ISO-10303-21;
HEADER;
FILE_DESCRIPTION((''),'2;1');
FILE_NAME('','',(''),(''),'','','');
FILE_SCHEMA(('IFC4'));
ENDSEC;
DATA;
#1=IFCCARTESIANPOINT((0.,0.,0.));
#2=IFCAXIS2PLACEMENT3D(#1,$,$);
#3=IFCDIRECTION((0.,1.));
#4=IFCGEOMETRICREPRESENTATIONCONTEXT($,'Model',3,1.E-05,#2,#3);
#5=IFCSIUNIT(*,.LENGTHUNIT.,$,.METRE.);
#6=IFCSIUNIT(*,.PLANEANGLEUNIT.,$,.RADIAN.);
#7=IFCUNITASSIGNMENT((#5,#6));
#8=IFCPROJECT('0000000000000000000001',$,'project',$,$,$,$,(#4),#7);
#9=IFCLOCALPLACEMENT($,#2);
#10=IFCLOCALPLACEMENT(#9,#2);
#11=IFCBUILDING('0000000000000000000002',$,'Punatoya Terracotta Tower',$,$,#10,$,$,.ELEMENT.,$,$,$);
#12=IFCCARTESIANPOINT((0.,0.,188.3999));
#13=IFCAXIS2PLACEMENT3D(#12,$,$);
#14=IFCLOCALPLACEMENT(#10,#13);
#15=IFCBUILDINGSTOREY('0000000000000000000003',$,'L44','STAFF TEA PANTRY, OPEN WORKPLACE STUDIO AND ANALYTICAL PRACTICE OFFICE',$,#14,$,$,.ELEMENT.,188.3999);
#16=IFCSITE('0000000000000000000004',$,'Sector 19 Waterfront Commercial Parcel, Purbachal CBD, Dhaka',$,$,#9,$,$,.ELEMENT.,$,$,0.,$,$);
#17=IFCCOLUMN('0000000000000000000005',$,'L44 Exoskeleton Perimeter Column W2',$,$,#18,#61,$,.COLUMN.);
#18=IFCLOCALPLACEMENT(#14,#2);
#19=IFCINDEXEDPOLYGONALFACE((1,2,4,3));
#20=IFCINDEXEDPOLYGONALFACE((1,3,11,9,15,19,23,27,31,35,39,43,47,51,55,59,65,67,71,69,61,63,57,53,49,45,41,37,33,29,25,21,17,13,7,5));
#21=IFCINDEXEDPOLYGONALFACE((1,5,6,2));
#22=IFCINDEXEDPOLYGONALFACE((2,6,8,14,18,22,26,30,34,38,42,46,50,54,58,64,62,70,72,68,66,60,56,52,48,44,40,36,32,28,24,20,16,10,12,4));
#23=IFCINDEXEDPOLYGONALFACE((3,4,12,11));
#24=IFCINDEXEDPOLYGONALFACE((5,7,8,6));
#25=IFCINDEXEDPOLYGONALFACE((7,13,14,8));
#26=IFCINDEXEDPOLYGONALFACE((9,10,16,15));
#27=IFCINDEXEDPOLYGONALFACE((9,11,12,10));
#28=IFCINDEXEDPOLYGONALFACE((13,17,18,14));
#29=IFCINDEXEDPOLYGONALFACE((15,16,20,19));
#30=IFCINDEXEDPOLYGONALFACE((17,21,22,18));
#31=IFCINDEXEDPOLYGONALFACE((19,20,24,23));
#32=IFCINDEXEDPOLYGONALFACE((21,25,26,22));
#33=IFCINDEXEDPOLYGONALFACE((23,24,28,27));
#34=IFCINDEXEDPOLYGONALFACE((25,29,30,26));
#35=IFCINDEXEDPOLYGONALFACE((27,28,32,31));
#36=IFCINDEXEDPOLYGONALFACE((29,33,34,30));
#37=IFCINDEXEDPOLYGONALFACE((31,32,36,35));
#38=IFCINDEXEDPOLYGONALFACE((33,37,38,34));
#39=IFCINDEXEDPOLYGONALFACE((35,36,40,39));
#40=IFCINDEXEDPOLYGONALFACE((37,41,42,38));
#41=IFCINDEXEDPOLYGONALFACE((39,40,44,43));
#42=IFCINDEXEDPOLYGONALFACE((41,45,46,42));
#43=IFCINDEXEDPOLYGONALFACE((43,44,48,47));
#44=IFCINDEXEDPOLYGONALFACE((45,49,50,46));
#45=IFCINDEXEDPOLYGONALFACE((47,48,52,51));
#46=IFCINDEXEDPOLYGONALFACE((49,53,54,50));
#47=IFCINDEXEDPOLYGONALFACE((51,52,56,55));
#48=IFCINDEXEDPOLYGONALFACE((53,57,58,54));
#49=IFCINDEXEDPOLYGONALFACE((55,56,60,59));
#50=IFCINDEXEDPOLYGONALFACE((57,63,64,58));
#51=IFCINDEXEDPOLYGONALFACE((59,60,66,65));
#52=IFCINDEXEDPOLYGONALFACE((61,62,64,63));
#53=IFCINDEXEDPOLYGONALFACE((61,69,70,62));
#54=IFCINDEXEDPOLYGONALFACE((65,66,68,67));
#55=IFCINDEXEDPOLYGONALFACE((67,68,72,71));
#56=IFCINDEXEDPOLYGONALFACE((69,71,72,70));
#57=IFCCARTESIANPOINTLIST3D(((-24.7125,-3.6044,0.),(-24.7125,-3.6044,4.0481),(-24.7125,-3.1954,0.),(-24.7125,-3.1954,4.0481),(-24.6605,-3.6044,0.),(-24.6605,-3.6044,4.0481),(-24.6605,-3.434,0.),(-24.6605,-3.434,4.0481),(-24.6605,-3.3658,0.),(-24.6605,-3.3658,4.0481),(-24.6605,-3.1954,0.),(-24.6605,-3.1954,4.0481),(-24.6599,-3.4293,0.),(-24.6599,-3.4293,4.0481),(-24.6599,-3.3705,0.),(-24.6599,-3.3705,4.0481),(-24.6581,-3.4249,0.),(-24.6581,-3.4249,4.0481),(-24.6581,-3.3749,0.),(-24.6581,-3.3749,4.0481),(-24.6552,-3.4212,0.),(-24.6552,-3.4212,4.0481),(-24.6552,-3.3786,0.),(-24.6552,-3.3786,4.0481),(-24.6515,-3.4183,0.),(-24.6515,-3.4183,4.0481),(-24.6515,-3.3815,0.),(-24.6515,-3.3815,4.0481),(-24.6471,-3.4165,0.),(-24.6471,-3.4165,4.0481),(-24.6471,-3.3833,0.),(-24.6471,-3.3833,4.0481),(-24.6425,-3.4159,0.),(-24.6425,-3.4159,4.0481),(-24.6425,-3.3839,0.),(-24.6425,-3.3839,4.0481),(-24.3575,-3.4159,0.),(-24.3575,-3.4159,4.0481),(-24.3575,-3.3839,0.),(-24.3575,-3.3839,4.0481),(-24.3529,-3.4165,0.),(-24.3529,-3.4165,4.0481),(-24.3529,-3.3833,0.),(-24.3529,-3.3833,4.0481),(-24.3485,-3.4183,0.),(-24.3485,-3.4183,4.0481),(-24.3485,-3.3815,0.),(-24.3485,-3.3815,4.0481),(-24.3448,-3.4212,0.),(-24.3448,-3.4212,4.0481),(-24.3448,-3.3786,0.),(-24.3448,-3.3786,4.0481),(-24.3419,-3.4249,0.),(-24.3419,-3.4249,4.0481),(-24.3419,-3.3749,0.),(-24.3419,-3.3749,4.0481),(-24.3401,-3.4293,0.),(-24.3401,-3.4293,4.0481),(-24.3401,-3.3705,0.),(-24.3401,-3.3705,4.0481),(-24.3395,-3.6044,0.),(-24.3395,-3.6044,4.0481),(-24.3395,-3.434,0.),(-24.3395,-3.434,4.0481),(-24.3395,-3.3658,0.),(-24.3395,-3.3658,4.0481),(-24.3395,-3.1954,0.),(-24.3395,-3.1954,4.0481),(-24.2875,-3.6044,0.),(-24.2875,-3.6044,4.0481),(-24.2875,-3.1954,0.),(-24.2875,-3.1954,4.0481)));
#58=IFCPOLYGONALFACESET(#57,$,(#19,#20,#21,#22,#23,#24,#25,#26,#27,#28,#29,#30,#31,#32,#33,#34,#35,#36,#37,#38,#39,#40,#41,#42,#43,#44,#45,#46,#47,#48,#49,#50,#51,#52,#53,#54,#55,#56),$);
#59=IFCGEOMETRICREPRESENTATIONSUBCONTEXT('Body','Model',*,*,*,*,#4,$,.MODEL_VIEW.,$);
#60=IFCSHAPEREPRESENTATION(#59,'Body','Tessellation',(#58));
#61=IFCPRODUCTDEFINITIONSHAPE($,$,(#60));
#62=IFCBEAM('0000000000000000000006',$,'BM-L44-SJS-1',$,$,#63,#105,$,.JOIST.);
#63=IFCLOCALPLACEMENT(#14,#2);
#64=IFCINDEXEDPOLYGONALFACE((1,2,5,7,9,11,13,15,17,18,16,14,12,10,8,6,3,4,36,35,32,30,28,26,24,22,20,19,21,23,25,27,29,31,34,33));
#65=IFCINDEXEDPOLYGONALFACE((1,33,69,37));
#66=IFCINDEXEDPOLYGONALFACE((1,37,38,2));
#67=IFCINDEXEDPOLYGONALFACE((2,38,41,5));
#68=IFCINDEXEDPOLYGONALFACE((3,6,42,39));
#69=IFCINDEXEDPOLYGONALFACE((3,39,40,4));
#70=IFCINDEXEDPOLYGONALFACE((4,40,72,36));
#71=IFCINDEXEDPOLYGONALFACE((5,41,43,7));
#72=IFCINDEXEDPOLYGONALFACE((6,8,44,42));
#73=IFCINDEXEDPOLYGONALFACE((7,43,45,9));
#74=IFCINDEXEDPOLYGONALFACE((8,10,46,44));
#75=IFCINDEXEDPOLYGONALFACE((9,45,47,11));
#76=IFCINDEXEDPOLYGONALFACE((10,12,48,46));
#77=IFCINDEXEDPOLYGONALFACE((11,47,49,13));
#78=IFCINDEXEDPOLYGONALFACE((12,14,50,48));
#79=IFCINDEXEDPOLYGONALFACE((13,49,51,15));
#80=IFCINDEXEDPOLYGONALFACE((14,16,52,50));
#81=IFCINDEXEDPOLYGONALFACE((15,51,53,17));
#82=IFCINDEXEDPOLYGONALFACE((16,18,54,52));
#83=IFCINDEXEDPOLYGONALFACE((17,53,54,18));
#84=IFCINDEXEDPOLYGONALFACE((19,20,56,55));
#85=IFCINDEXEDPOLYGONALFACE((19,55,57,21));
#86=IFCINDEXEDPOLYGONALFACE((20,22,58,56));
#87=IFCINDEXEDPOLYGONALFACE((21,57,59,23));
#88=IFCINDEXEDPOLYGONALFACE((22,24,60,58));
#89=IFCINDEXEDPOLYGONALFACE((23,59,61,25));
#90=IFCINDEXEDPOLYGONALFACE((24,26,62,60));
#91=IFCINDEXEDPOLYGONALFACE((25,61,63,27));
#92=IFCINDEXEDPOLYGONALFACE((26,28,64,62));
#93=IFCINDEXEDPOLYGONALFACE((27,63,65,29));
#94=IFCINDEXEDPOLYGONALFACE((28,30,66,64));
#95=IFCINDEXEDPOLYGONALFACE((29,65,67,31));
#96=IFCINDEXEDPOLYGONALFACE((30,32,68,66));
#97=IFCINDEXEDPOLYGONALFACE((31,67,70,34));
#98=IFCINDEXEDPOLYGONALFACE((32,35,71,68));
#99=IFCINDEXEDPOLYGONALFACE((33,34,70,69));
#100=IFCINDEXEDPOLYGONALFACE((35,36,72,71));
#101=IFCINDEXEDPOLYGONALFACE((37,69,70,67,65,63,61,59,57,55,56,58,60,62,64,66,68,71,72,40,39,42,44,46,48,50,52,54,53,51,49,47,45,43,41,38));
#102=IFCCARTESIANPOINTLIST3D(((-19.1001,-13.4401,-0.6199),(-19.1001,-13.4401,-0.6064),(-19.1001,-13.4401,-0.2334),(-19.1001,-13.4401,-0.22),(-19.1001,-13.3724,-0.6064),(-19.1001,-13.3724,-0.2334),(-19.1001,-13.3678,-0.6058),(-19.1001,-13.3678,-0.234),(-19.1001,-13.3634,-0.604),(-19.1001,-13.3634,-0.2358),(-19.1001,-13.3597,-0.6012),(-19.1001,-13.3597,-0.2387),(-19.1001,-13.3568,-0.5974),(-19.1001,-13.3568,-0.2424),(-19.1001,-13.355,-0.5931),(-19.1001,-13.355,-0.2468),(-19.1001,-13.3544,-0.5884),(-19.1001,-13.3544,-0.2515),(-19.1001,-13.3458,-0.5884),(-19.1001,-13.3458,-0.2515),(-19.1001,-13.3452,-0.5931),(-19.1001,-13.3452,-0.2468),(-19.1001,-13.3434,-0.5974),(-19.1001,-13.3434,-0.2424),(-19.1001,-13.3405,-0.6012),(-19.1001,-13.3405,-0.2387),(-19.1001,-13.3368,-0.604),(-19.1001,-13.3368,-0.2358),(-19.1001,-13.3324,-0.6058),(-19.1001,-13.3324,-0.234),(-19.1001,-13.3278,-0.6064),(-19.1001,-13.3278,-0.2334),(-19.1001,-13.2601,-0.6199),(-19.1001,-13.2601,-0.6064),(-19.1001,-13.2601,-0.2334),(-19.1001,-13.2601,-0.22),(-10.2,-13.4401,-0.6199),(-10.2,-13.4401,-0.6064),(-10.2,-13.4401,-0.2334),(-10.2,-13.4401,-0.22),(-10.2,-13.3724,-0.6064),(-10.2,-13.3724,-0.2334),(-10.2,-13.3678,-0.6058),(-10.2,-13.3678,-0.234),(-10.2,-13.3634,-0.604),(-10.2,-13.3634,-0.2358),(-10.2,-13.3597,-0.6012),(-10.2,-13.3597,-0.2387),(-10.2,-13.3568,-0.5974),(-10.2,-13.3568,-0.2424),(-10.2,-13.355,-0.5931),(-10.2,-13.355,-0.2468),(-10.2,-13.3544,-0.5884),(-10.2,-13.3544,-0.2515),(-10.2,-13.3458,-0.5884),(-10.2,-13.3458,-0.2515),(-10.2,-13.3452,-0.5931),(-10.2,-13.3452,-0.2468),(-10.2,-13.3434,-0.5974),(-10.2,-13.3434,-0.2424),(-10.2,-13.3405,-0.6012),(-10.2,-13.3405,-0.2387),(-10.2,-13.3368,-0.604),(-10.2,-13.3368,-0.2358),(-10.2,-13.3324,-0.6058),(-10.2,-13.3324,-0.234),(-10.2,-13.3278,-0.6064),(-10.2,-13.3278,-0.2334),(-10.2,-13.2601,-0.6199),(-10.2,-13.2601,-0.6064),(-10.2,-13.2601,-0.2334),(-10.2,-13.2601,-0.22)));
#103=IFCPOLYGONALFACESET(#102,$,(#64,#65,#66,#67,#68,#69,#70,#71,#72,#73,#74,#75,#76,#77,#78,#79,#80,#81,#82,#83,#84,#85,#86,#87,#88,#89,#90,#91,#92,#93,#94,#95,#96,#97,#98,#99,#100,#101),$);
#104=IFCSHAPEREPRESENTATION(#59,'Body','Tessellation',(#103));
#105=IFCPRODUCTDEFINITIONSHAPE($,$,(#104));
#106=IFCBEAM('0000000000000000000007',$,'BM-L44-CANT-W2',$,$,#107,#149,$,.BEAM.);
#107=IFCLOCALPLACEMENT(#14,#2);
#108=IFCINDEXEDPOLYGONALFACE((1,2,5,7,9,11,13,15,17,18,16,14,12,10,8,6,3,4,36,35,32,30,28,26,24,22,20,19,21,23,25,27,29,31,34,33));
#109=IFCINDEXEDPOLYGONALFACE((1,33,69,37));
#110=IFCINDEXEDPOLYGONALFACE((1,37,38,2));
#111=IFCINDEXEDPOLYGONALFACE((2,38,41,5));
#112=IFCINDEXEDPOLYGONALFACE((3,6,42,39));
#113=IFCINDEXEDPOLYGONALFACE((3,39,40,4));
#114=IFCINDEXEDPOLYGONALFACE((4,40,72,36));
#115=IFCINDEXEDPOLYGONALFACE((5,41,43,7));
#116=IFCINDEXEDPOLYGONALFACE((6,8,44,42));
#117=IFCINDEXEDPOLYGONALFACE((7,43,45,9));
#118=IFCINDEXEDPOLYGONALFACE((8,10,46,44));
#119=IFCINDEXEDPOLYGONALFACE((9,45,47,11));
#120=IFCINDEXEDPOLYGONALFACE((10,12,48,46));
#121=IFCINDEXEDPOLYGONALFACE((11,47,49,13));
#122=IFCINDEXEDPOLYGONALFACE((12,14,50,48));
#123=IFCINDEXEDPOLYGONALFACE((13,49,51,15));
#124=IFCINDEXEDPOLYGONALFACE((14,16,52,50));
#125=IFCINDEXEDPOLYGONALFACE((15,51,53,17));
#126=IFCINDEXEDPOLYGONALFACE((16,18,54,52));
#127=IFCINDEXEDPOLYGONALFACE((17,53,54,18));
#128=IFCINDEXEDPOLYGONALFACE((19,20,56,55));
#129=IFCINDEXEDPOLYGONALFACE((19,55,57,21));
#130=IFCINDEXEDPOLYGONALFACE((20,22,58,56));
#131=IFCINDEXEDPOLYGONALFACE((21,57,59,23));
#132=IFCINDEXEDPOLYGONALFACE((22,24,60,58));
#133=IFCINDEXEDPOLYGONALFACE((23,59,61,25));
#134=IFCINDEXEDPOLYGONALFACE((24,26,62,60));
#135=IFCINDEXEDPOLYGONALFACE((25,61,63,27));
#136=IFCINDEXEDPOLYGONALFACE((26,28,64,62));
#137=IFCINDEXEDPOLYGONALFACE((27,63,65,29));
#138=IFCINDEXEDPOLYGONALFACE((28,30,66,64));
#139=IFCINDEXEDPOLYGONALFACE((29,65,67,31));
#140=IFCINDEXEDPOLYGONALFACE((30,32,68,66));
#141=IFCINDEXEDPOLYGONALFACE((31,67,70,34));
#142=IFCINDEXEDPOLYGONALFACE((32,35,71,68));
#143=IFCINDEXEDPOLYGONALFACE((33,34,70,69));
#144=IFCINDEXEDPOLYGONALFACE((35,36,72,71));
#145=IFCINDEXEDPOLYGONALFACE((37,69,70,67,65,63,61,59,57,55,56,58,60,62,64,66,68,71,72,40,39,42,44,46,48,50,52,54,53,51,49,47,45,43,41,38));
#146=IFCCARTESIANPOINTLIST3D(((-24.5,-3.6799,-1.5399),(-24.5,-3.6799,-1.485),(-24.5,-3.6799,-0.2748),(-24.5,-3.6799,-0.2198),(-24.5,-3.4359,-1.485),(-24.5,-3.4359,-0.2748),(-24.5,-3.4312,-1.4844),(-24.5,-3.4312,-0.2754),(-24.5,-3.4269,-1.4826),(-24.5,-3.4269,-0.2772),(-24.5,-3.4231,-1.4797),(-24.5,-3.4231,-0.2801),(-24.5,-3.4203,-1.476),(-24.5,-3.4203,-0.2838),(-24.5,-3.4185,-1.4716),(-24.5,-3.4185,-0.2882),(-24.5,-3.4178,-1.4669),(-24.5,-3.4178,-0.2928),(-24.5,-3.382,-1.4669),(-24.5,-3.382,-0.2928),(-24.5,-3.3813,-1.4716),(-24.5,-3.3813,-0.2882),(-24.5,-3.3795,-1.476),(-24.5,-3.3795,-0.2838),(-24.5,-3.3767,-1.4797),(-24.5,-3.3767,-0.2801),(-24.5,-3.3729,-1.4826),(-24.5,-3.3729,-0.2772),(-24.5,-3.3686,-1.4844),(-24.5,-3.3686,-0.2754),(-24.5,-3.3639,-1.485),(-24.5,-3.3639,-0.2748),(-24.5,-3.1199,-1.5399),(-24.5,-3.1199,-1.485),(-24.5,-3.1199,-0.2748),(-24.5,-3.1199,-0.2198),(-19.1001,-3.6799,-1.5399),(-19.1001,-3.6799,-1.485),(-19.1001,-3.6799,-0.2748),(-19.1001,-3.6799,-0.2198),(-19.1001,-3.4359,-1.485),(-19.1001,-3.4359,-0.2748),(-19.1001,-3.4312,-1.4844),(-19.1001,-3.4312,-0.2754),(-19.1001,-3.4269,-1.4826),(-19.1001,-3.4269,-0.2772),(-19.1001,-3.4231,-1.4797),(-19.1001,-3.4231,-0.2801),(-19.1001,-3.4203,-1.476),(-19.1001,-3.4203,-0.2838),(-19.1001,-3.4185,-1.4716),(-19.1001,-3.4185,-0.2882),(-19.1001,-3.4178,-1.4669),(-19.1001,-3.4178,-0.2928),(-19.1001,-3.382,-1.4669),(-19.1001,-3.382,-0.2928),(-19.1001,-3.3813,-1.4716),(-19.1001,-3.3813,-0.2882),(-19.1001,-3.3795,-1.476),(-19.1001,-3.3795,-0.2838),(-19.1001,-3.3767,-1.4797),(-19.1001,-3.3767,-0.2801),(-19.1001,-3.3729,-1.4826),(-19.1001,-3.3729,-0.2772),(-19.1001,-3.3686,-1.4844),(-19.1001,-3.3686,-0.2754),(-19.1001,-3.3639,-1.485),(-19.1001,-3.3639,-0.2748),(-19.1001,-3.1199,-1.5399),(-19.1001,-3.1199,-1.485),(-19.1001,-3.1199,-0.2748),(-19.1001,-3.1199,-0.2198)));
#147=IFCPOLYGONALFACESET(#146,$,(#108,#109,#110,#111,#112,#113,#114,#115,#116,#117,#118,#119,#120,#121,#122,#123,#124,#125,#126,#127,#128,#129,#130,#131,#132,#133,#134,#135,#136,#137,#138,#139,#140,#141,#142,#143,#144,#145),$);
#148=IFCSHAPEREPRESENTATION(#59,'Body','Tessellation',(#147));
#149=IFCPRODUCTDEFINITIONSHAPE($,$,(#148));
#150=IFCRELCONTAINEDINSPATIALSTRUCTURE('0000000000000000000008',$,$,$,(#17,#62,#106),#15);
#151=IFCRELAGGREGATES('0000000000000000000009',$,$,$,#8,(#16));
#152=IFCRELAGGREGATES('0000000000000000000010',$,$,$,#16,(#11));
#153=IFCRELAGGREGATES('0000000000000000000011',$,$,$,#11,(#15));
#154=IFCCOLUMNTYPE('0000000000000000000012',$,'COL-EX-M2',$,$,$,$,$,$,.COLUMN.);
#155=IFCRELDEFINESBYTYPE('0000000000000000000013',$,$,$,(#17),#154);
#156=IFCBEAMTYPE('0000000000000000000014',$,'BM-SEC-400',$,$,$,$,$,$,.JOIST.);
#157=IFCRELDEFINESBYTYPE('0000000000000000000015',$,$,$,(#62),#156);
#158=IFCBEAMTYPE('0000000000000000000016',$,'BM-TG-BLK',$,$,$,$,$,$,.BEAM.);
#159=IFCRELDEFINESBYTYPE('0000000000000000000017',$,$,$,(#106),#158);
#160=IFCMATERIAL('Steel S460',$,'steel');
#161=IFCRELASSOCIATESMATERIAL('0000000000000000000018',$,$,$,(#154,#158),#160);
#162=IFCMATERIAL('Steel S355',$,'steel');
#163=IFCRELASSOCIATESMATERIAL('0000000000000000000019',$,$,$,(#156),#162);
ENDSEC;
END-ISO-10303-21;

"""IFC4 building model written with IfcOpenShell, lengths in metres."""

from ifc_helpers import new_model, si_unit, direction, frame, origin, origin_2d, place, context, subcontext, project, spatial, i_section, extrude, material, material_profile, profile_set, type_object, element, save


model = new_model("IFC4")

# Units and contexts
model_context = context("Model", 3, precision=1e-05, world=origin(), true_north=direction((0.0, 1.0)))
body_context = subcontext(model_context, "Body", "Model", "MODEL_VIEW")
ifc_project = project(units=[si_unit("LENGTHUNIT", "METRE"), si_unit("PLANEANGLEUNIT", "RADIAN")], contexts=[model_context])

# Site, building, storey
site_placement = place(None, origin())
site = spatial("IfcSite", under=ifc_project, at=site_placement, Name="Sector 19 Waterfront Commercial Parcel, Purbachal CBD, Dhaka", CompositionType="ELEMENT", RefElevation=0.0)
building_placement = place(site_placement, origin())
building = spatial("IfcBuilding", under=site, at=building_placement, Name="Punatoya Terracotta Tower", CompositionType="ELEMENT")
storey_placement = place(building_placement, frame((0.0, 0.0, 188.3999)))
storey = spatial("IfcBuildingStorey", under=building, at=storey_placement, Name="L44", Description="STAFF TEA PANTRY, OPEN WORKPLACE STUDIO AND ANALYTICAL PRACTICE OFFICE", CompositionType="ELEMENT", Elevation=188.3999)

# Column
ifc_material_1 = material(Name="Steel S460", Category="steel")
ifc_material_profile_1 = material_profile(ifc_material_1, i_section(OverallWidth=0.4089, OverallDepth=0.425, WebThickness=0.032, FlangeThickness=0.052, FilletRadius=0.0181, at=origin_2d()))
ifc_profile_set_1 = profile_set([ifc_material_profile_1], Name="Steel S460")
column_type = type_object("IfcColumnType", Name="COL-EX-M2", PredefinedType="COLUMN", material=ifc_profile_set_1)
column_placement = place(storey_placement, frame((-24.5, -3.3999, 0.0), z_axis=(0.0, 0.0, 1.0), x_axis=(0.0, 1.0, 0.0)))
element("IfcColumn", 1, at=column_placement, inside=storey, type_object=column_type, Name="L44 Exoskeleton Perimeter Column W2", PredefinedType="COLUMN", context=body_context, shape_type="SweptSolid", body=[
    extrude(i_section(OverallWidth=0.4089, OverallDepth=0.425, WebThickness=0.032, FlangeThickness=0.052, FilletRadius=0.0181, at=origin_2d()), origin(), (0.0, 0.0, 1.0), 4.0481),
])

# Beams
ifc_material_2 = material(Name="Steel S355", Category="steel")
ifc_material_profile_2 = material_profile(ifc_material_2, i_section(OverallWidth=0.1799, OverallDepth=0.3999, WebThickness=0.0085, FlangeThickness=0.0134, FilletRadius=0.0181, at=origin_2d()))
ifc_profile_set_2 = profile_set([ifc_material_profile_2], Name="Steel S355")
beam_type_1 = type_object("IfcBeamType", Name="BM-SEC-400", PredefinedType="JOIST", material=ifc_profile_set_2)
beam_1_placement = place(storey_placement, frame((-19.1001, -13.3501, -0.4199), z_axis=(1.0, 0.0, 0.0), x_axis=(0.0, 1.0, 0.0)))
element("IfcBeam", 2, at=beam_1_placement, inside=storey, type_object=beam_type_1, Name="BM-L44-SJS-1", PredefinedType="JOIST", context=body_context, shape_type="SweptSolid", body=[
    extrude(i_section(OverallWidth=0.1799, OverallDepth=0.3999, WebThickness=0.0085, FlangeThickness=0.0134, FilletRadius=0.0181, at=origin_2d()), origin(), (0.0, 0.0, 1.0), 8.9001),
])
ifc_material_profile_3 = material_profile(ifc_material_1, i_section(OverallWidth=0.5601, OverallDepth=1.3201, WebThickness=0.0359, FlangeThickness=0.0549, FilletRadius=0.0181, at=origin_2d()))
ifc_profile_set_3 = profile_set([ifc_material_profile_3], Name="Steel S460")
beam_type_2 = type_object("IfcBeamType", Name="BM-TG-BLK", PredefinedType="BEAM", material=ifc_profile_set_3)
beam_2_placement = place(storey_placement, frame((-24.5, -3.3999, -0.8799), z_axis=(1.0, 0.0, 0.0), x_axis=(0.0, 1.0, 0.0)))
element("IfcBeam", 3, at=beam_2_placement, inside=storey, type_object=beam_type_2, Name="BM-L44-CANT-W2", PredefinedType="BEAM", context=body_context, shape_type="SweptSolid", body=[
    extrude(i_section(OverallWidth=0.5601, OverallDepth=1.3201, WebThickness=0.0359, FlangeThickness=0.0549, FilletRadius=0.0181, at=origin_2d()), origin(), (0.0, 0.0, 1.0), 5.3999),
])

save(model, "model.ifc")
